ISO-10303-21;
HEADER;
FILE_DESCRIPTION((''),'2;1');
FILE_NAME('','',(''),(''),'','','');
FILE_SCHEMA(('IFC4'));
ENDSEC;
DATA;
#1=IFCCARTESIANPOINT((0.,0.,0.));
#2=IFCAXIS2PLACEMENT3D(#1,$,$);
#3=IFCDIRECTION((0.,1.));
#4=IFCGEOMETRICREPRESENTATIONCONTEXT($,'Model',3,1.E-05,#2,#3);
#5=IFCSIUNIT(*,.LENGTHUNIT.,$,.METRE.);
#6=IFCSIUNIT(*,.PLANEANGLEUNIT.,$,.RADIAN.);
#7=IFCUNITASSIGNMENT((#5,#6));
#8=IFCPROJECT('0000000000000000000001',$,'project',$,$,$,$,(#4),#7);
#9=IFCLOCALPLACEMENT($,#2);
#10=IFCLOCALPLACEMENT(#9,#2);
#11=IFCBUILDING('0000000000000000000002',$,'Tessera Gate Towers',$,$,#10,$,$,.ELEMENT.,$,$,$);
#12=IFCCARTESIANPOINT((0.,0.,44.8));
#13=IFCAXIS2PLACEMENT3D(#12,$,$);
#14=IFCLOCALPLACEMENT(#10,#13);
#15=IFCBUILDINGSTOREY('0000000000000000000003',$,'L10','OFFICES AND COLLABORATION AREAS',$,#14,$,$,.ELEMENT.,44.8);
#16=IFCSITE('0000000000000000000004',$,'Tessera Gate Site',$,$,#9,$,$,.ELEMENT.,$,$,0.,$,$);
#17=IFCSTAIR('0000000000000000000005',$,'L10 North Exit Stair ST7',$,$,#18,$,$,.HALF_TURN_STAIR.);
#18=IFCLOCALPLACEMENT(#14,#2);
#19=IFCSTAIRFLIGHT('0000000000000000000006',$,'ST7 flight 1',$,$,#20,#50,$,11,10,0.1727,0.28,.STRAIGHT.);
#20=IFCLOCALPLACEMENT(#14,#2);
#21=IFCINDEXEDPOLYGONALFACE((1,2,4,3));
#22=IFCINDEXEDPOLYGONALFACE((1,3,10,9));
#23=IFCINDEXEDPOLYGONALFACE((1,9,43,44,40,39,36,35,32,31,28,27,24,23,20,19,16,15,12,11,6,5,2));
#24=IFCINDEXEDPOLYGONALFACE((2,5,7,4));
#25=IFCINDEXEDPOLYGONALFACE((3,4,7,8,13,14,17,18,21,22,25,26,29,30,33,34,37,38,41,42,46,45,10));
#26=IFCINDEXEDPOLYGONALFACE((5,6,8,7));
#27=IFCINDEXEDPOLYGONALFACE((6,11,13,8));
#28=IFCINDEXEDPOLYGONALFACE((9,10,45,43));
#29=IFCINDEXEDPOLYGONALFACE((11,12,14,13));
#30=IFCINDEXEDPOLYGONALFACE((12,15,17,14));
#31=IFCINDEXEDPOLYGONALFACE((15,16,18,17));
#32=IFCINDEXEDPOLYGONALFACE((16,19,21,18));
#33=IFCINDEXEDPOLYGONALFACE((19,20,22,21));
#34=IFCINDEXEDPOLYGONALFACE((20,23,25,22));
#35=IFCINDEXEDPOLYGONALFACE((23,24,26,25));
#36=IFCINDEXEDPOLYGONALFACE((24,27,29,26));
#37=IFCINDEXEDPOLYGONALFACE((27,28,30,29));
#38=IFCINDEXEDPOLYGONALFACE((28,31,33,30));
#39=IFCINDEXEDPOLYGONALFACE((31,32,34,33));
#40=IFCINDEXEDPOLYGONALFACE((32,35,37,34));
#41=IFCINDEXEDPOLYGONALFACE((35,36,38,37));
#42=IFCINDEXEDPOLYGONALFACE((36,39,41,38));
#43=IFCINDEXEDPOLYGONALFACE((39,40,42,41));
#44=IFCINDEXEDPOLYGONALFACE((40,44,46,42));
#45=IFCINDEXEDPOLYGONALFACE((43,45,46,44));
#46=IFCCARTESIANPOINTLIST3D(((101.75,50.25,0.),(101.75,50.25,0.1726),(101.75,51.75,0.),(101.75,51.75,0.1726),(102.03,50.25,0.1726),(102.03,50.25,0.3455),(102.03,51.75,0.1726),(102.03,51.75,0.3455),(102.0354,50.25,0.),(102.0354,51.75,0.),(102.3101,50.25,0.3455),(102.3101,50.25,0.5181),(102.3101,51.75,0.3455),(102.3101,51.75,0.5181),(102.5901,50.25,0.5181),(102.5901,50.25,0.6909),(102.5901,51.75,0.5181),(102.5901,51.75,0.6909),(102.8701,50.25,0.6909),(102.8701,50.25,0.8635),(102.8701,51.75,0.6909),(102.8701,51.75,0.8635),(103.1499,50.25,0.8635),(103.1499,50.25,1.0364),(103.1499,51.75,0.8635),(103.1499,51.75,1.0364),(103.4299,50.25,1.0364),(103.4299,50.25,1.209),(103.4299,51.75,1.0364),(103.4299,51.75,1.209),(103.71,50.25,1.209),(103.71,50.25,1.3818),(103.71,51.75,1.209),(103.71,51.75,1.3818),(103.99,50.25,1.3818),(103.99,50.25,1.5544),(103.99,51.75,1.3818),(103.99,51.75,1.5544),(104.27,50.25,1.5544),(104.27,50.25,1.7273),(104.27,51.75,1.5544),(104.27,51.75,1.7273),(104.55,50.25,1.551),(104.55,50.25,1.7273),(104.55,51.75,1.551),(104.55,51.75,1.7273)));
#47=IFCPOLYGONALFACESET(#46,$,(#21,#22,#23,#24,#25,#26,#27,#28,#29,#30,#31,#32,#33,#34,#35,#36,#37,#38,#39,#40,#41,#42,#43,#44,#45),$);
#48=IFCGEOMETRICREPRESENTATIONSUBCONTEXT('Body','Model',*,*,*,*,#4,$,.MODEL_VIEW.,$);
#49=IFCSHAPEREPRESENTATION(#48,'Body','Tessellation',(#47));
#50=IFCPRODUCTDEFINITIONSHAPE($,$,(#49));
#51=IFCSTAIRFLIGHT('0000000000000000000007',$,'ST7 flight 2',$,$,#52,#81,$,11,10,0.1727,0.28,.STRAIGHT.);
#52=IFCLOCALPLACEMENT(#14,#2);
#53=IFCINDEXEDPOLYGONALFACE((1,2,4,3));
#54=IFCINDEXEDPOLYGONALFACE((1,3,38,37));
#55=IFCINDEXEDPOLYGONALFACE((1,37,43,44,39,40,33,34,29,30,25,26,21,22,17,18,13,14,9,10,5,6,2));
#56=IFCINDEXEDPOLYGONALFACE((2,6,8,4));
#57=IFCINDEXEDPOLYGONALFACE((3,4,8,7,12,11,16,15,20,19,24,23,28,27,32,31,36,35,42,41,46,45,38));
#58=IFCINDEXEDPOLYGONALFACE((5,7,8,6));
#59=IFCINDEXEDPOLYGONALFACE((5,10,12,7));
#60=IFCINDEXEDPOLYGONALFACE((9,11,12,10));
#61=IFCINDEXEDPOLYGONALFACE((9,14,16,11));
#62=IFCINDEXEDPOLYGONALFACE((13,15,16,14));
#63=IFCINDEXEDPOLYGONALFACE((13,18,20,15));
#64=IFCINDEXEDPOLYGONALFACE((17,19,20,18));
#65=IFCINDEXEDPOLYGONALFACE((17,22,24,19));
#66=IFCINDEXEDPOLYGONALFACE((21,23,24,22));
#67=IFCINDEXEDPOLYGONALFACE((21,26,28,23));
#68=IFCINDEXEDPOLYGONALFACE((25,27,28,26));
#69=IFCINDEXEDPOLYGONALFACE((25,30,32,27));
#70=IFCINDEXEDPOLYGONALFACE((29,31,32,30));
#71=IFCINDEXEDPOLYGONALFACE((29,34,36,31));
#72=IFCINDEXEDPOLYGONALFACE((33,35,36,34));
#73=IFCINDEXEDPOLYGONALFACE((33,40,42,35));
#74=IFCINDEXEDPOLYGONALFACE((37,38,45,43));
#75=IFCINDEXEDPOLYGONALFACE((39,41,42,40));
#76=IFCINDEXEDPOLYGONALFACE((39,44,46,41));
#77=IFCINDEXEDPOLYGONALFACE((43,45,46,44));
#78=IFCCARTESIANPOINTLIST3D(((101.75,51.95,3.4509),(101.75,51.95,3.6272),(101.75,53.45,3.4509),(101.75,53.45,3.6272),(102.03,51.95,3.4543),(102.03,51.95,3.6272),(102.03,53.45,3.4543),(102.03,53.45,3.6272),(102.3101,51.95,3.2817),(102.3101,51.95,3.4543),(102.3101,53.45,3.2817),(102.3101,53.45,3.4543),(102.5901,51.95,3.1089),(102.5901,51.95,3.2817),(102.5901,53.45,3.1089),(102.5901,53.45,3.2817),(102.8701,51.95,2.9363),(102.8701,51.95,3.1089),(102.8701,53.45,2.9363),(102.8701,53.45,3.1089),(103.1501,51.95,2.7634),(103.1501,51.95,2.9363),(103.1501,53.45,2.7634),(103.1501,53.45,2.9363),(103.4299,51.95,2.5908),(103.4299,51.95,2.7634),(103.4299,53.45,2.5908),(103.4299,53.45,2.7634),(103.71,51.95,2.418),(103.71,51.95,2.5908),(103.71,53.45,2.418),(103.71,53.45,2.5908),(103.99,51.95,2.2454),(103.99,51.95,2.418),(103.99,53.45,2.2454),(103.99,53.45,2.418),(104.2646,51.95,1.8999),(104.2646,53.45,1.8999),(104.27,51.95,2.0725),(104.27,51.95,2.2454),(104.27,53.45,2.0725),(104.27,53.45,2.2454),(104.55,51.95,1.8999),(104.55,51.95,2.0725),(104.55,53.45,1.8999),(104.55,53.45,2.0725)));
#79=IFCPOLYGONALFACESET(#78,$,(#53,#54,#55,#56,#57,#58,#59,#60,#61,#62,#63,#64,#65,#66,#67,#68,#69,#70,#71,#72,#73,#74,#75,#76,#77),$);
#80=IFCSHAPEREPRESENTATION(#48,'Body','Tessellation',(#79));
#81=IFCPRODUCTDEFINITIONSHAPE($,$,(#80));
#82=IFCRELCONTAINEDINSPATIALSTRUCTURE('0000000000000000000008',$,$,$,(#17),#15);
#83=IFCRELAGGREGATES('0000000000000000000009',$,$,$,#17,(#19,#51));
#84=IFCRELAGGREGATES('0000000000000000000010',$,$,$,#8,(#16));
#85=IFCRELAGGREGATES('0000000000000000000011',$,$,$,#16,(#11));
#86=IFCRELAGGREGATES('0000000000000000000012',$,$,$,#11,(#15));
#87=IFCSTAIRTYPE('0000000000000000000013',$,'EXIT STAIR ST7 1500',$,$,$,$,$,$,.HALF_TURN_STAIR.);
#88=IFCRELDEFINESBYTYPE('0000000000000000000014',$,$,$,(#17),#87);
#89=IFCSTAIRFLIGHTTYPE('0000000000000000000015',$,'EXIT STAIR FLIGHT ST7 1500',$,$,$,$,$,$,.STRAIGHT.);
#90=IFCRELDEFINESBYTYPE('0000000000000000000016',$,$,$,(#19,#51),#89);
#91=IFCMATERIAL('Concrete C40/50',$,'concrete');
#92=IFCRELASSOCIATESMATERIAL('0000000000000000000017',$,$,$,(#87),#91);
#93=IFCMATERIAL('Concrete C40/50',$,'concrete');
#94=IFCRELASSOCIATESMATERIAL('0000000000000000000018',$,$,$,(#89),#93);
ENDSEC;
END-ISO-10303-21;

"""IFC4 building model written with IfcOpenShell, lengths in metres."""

from ifc_helpers import new_model, si_unit, direction, frame, origin, place, context, subcontext, project, spatial, polyline, outline, extrude, material, type_object, element, aggregate, save


model = new_model("IFC4")

# Units and contexts
model_context = context("Model", 3, precision=1e-05, world=origin(), true_north=direction((0.0, 1.0)))
body_context = subcontext(model_context, "Body", "Model", "MODEL_VIEW")
ifc_project = project(units=[si_unit("LENGTHUNIT", "METRE"), si_unit("PLANEANGLEUNIT", "RADIAN")], contexts=[model_context])

# Site, building, storey
site_placement = place(None, origin())
site = spatial("IfcSite", under=ifc_project, at=site_placement, Name="Tessera Gate Site", CompositionType="ELEMENT", RefElevation=0.0)
building_placement = place(site_placement, origin())
building = spatial("IfcBuilding", under=site, at=building_placement, Name="Tessera Gate Towers", CompositionType="ELEMENT")
storey_placement = place(building_placement, frame((0.0, 0.0, 44.8)))
storey = spatial("IfcBuildingStorey", under=building, at=storey_placement, Name="L10", Description="OFFICES AND COLLABORATION AREAS", CompositionType="ELEMENT", Elevation=44.8)

# Stair, stair flights
ifc_material_1 = material(Name="Concrete C40/50", Category="concrete")
stair_type = type_object("IfcStairType", Name="EXIT STAIR ST7 1500", PredefinedType="HALF_TURN_STAIR", material=ifc_material_1)
stair_placement = place(storey_placement, origin())
stair = element("IfcStair", 1, at=stair_placement, inside=storey, type_object=stair_type, Name="L10 North Exit Stair ST7", PredefinedType="HALF_TURN_STAIR")
ifc_material_2 = material(Name="Concrete C40/50", Category="concrete")
stair_flight_type = type_object("IfcStairFlightType", Name="EXIT STAIR FLIGHT ST7 1500", PredefinedType="STRAIGHT", material=ifc_material_2)
stair_flight_1_placement = place(storey_placement, frame((101.75, 51.0, 0.0), z_axis=(0.0, 0.0, 1.0), x_axis=(1.0, 0.0, 0.0)))
stair_flight_1 = element("IfcStairFlight", 2, at=stair_flight_1_placement, type_object=stair_flight_type, Name="ST7 flight 1", NumberOfRisers=11, NumberOfTreads=10, PredefinedType="STRAIGHT", RiserHeight=0.1727, TreadLength=0.28, context=body_context, shape_type="SweptSolid", body=[
    extrude(outline(polyline([(0.0, 0.0), (0.0, 0.1726), (0.28, 0.1726), (0.28, 0.3455), (0.5601, 0.3455), (0.5601, 0.5181), (0.8401, 0.5181), (0.8401, 0.6909), (1.1201, 0.6909), (1.1201, 0.8635), (1.3999, 0.8635), (1.3999, 1.0364), (1.6799, 1.0364), (1.6799, 1.209), (1.96, 1.209), (1.96, 1.3818), (2.24, 1.3818), (2.24, 1.5544), (2.52, 1.5544), (2.52, 1.7273), (2.8, 1.7273), (2.8, 1.8999), (2.8, 1.551), (0.2854, 0.0), (0.0, 0.0)])), frame((0.0, 0.75, 0.0), z_axis=(0.0, -1.0, 0.0), x_axis=(1.0, 0.0, 0.0)), (0.0, 0.0, 1.0), 1.5),
])
stair_flight_2_placement = place(storey_placement, frame((104.55, 52.7, 1.8999), z_axis=(0.0, 0.0, 1.0), x_axis=(-1.0, 0.0, 0.0)))
stair_flight_2 = element("IfcStairFlight", 3, at=stair_flight_2_placement, type_object=stair_flight_type, Name="ST7 flight 2", NumberOfRisers=11, NumberOfTreads=10, PredefinedType="STRAIGHT", RiserHeight=0.1727, TreadLength=0.28, context=body_context, shape_type="SweptSolid", body=[
    extrude(outline(polyline([(0.0, 0.0), (0.0, 0.1726), (0.28, 0.1726), (0.28, 0.3455), (0.5601, 0.3455), (0.5601, 0.5181), (0.8401, 0.5181), (0.8401, 0.6909), (1.1201, 0.6909), (1.1201, 0.8635), (1.3999, 0.8635), (1.3999, 1.0364), (1.6799, 1.0364), (1.6799, 1.209), (1.96, 1.209), (1.96, 1.3818), (2.24, 1.3818), (2.24, 1.5544), (2.52, 1.5544), (2.52, 1.7273), (2.8, 1.7273), (2.8, 1.8999), (2.8, 1.551), (0.2854, 0.0), (0.0, 0.0)])), frame((0.0, 0.75, 0.0), z_axis=(0.0, -1.0, 0.0), x_axis=(1.0, 0.0, 0.0)), (0.0, 0.0, 1.0), 1.5),
])
aggregate(stair, [stair_flight_1, stair_flight_2])

save(model, "model.ifc")
